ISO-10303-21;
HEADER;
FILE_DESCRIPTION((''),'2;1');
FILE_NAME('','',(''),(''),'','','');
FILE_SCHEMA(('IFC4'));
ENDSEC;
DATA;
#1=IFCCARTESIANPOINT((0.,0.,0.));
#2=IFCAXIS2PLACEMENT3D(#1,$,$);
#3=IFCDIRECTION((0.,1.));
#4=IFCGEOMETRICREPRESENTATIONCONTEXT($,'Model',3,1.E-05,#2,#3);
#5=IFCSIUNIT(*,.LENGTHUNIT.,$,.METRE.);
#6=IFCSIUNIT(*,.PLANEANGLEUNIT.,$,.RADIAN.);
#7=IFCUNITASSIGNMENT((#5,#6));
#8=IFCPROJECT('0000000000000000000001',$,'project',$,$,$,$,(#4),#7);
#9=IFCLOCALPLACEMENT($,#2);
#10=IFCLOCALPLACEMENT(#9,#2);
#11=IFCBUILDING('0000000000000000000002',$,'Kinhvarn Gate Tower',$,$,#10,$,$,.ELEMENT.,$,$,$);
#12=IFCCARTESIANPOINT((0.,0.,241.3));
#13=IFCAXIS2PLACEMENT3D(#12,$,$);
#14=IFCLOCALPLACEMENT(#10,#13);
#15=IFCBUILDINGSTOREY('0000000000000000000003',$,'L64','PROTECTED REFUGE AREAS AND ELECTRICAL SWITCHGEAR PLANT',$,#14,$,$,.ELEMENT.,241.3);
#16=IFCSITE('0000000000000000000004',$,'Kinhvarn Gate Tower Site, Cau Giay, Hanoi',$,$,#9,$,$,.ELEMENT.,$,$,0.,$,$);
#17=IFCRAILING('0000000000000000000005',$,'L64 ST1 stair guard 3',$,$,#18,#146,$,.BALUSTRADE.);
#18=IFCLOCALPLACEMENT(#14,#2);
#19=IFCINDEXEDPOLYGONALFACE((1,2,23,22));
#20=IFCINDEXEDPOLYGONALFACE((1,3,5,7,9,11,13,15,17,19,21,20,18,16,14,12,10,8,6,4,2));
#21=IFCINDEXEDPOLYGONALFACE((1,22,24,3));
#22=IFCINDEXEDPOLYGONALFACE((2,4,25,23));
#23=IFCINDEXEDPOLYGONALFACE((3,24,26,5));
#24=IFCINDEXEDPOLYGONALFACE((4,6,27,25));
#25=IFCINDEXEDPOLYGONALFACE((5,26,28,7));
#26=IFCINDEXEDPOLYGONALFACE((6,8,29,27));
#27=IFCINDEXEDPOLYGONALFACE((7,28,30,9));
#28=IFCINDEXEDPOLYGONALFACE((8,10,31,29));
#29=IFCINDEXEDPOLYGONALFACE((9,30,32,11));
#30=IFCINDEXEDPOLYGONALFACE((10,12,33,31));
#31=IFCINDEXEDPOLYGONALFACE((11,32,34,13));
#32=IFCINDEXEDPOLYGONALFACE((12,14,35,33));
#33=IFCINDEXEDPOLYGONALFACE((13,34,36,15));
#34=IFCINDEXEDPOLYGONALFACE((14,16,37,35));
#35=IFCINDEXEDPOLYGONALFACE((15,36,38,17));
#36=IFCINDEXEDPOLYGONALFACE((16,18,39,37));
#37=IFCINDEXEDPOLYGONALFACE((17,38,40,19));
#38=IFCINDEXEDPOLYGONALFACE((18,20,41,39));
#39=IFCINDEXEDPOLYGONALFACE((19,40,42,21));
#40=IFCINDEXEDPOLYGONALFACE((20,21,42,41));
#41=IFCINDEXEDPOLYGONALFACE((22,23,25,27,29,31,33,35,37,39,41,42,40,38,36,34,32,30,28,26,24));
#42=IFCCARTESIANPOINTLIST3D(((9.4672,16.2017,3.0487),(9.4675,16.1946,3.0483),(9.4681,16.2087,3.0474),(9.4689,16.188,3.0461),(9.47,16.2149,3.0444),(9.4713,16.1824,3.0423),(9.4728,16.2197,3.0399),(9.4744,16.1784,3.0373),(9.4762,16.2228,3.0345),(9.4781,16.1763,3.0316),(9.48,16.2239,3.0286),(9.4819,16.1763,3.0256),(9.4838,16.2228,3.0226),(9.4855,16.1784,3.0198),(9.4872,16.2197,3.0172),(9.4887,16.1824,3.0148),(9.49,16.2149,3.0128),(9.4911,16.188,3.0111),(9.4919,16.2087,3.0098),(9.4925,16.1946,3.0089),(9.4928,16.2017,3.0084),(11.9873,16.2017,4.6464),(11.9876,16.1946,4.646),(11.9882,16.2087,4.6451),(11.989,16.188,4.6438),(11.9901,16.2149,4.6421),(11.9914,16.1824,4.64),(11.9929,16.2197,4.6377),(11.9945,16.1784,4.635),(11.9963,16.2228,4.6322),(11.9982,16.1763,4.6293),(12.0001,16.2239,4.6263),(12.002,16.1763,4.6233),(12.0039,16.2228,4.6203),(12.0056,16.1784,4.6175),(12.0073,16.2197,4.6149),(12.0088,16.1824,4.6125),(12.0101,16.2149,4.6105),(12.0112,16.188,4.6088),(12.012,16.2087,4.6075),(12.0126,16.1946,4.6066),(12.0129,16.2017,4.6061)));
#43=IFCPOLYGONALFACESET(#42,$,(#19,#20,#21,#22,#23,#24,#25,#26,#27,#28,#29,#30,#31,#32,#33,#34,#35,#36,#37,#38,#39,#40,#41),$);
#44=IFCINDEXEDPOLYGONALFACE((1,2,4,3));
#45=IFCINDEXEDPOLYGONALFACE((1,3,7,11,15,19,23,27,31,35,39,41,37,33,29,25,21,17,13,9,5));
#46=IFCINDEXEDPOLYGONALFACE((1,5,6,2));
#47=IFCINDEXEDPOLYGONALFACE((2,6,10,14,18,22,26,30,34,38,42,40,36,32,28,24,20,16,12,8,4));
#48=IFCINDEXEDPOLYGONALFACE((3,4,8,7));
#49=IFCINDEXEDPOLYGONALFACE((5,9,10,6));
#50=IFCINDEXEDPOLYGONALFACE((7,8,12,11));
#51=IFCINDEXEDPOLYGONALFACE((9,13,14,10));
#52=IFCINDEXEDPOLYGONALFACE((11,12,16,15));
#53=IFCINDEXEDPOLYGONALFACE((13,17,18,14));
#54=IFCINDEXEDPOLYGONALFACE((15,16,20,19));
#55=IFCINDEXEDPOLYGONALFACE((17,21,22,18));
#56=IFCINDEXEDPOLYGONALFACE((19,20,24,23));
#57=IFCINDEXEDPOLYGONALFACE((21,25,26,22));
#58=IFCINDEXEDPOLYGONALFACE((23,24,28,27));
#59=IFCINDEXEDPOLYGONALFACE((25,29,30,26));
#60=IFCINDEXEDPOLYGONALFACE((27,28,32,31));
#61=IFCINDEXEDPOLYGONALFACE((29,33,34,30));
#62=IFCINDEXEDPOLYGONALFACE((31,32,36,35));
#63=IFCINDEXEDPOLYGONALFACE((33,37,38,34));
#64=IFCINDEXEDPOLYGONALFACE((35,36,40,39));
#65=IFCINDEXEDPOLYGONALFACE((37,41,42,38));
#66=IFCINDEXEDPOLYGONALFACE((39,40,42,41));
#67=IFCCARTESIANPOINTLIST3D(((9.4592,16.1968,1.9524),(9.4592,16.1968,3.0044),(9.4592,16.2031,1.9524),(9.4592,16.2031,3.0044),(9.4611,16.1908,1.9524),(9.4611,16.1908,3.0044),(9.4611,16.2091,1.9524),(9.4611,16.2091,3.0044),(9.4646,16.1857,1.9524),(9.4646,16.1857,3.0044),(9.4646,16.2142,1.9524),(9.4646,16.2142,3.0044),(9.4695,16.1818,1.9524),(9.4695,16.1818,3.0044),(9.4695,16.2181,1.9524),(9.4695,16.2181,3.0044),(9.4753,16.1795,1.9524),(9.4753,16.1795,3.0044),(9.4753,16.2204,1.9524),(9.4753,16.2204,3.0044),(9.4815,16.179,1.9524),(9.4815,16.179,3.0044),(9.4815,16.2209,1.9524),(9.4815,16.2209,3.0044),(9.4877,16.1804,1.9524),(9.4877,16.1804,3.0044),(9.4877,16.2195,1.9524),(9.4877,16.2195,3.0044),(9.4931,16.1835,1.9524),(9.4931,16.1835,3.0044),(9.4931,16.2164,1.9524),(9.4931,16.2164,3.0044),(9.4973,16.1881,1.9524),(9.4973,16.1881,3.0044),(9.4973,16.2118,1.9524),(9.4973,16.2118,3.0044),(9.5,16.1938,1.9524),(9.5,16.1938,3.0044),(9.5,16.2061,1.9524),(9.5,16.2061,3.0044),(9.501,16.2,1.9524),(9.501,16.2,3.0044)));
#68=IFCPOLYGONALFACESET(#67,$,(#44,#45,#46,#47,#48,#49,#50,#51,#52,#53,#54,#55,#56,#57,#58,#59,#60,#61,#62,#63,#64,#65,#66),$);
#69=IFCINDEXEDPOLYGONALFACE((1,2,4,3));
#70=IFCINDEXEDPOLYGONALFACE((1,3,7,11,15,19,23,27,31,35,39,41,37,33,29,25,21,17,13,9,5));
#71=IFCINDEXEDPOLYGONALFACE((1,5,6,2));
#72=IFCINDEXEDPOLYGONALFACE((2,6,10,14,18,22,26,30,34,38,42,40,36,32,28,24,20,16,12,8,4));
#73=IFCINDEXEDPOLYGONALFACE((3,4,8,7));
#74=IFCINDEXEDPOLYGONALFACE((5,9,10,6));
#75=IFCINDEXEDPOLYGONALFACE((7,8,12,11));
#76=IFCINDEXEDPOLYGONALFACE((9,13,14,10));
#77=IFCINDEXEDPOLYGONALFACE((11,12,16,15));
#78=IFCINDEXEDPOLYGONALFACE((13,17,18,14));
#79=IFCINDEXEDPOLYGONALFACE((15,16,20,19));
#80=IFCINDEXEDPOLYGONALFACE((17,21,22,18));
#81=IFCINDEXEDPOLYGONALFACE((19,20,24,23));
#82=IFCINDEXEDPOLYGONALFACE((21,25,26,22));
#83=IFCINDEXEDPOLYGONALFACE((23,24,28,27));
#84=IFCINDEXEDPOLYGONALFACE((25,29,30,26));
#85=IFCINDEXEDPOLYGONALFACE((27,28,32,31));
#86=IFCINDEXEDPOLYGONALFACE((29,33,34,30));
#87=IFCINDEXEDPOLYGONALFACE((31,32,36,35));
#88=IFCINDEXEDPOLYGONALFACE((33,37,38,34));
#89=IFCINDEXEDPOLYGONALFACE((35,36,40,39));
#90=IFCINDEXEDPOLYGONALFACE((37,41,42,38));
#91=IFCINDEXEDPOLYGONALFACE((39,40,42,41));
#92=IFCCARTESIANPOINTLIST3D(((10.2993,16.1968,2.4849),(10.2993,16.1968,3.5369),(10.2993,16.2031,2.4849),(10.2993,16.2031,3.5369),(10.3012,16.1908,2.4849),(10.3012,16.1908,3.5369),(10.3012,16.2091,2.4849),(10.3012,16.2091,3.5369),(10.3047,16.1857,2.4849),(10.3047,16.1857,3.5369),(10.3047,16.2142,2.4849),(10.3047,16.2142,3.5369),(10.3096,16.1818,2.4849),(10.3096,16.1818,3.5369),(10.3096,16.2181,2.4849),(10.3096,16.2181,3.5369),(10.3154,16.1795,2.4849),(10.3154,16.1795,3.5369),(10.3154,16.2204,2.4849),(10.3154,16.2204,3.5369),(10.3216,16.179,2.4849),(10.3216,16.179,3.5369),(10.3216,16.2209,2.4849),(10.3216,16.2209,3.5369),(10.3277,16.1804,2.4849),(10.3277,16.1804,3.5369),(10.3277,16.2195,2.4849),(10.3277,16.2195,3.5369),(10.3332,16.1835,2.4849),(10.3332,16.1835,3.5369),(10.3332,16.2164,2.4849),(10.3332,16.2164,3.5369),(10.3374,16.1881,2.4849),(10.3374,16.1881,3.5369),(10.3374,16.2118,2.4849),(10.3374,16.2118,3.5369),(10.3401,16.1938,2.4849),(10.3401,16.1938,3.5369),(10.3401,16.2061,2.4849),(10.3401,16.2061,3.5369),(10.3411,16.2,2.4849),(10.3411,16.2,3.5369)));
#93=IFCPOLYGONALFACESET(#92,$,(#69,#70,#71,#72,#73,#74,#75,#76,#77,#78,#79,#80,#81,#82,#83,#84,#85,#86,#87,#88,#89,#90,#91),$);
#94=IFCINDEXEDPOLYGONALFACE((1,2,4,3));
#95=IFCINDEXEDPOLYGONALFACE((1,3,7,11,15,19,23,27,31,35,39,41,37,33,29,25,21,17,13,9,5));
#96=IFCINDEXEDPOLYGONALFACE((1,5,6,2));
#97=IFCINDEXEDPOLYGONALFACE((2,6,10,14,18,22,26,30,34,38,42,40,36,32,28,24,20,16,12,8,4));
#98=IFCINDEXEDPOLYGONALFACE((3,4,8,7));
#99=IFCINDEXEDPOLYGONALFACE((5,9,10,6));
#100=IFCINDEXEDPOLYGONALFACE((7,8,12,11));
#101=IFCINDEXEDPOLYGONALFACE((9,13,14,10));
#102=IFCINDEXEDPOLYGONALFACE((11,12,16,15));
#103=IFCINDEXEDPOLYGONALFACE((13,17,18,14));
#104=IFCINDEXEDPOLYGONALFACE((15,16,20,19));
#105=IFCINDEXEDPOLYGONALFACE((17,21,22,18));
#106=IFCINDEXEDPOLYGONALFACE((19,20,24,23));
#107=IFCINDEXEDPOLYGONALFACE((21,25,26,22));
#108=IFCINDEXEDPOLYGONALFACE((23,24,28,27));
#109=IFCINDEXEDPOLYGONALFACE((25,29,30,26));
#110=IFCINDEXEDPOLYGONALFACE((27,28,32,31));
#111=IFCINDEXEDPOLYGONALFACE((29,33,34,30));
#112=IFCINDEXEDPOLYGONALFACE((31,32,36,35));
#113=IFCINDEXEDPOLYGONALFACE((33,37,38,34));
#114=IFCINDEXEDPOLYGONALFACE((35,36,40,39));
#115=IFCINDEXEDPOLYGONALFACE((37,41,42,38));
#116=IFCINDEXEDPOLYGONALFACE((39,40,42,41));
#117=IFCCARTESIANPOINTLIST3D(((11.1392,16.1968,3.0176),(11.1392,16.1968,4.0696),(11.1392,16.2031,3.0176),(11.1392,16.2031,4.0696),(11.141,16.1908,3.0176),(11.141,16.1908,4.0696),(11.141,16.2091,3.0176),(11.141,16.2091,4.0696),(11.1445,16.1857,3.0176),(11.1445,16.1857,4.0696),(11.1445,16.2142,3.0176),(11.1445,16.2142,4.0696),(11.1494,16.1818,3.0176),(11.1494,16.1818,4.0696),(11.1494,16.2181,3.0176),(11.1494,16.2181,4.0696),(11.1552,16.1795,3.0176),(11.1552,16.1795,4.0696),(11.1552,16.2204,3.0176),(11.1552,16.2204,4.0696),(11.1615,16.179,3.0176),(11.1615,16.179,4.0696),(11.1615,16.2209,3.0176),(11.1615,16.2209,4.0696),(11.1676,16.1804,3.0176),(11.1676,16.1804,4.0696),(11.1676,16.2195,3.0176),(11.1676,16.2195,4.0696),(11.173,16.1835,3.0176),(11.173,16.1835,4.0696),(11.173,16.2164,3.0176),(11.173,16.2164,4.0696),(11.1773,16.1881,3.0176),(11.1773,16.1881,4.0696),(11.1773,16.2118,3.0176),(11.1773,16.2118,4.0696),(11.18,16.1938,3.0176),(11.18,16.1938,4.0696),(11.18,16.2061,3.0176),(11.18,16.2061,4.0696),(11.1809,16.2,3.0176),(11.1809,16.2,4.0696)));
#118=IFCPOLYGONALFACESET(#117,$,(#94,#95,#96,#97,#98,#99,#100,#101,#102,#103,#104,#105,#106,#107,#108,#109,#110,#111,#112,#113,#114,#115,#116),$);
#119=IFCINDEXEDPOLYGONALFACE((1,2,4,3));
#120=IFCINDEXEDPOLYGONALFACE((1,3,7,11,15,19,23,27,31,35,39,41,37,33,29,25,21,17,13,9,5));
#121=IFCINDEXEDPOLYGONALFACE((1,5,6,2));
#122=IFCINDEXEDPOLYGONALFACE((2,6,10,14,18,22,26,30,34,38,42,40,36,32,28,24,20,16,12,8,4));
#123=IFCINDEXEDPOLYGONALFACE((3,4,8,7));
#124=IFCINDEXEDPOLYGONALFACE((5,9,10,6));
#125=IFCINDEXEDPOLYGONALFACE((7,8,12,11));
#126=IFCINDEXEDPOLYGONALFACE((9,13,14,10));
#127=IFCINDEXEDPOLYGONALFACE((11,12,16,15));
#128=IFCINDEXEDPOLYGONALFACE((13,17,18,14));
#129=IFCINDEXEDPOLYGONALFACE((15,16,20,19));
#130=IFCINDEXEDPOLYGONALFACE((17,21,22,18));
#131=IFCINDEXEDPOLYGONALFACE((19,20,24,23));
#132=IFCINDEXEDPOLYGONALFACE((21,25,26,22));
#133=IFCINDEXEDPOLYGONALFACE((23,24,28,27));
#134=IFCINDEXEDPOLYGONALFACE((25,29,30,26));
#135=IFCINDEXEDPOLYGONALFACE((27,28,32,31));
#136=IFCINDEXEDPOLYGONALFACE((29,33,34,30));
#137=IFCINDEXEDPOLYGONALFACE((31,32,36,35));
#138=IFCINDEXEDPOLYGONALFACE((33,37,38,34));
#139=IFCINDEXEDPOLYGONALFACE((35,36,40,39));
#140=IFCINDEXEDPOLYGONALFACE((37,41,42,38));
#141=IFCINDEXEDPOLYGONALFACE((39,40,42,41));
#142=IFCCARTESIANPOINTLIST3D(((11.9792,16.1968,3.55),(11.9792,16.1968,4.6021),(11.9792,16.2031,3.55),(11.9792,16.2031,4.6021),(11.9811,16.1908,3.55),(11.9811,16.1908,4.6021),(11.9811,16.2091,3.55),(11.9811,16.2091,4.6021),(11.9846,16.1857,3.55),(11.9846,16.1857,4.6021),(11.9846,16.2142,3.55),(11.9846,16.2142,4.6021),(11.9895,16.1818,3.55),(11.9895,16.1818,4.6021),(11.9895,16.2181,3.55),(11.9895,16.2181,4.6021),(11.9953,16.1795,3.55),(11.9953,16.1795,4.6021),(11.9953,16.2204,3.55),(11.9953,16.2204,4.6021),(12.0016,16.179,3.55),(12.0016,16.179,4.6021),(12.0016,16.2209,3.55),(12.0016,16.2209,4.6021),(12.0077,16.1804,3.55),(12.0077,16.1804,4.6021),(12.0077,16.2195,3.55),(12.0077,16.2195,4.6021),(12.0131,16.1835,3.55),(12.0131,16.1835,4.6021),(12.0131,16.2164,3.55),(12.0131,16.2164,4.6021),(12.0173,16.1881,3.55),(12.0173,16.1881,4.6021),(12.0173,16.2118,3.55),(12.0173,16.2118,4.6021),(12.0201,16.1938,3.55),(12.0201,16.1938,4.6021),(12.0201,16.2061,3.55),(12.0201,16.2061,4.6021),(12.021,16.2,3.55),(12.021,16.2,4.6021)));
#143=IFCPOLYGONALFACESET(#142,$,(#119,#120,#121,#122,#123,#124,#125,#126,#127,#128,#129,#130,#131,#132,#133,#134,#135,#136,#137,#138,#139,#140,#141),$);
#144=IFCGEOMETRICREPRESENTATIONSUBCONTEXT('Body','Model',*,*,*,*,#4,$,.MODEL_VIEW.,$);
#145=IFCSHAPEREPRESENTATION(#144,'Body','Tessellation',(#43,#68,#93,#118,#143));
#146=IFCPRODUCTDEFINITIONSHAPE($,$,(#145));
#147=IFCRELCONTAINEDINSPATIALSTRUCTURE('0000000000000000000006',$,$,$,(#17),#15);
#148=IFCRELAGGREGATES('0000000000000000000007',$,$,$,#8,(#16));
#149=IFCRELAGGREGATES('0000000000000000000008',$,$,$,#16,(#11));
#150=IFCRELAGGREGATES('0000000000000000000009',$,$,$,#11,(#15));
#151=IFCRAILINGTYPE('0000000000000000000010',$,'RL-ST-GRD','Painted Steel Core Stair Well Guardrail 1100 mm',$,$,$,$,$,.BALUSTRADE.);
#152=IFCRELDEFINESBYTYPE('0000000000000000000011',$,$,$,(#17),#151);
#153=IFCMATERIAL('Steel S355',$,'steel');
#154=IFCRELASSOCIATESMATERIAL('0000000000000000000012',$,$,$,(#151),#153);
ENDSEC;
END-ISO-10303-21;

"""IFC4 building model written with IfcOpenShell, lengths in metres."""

from ifc_helpers import new_model, si_unit, direction, frame, origin, origin_2d, place, context, subcontext, project, spatial, circle, extrude, material, type_object, element, save


model = new_model("IFC4")

# Units and contexts
model_context = context("Model", 3, precision=1e-05, world=origin(), true_north=direction((0.0, 1.0)))
body_context = subcontext(model_context, "Body", "Model", "MODEL_VIEW")
ifc_project = project(units=[si_unit("LENGTHUNIT", "METRE"), si_unit("PLANEANGLEUNIT", "RADIAN")], contexts=[model_context])

# Site, building, storey
site_placement = place(None, origin())
site = spatial("IfcSite", under=ifc_project, at=site_placement, Name="Kinhvarn Gate Tower Site, Cau Giay, Hanoi", CompositionType="ELEMENT", RefElevation=0.0)
building_placement = place(site_placement, origin())
building = spatial("IfcBuilding", under=site, at=building_placement, Name="Kinhvarn Gate Tower", CompositionType="ELEMENT")
storey_placement = place(building_placement, frame((0.0, 0.0, 241.3)))
storey = spatial("IfcBuildingStorey", under=building, at=storey_placement, Name="L64", Description="PROTECTED REFUGE AREAS AND ELECTRICAL SWITCHGEAR PLANT", CompositionType="ELEMENT", Elevation=241.3)

# Shared definitions
ifc_material_1 = material(Name="Steel S355", Category="steel")

# Railing
railing_type_1 = type_object("IfcRailingType", Name="RL-ST-GRD", Description="Painted Steel Core Stair Well Guardrail 1100 mm", PredefinedType="BALUSTRADE", material=ifc_material_1)
railing_1_placement = place(storey_placement, frame((9.48, 16.2, 1.9524)))
element("IfcRailing", 1, at=railing_1_placement, inside=storey, type_object=railing_type_1, Name="L64 ST1 stair guard 3", PredefinedType="BALUSTRADE", context=body_context, shape_type="SweptSolid", body=[
    extrude(circle(Radius=0.0239, at=origin_2d()), frame((0.0, 0.0, 1.0762), z_axis=(0.84457, 0.0, 0.535445), x_axis=(0.0, 1.0, 0.0)), (0.0, 0.0, 1.0), 2.9839),
    extrude(circle(Radius=0.021, at=origin_2d()), origin(), (0.0, 0.0, 1.0), 1.052),
    extrude(circle(Radius=0.021, at=origin_2d()), frame((0.8401, 0.0, 0.5325)), (0.0, 0.0, 1.0), 1.052),
    extrude(circle(Radius=0.021, at=origin_2d()), frame((1.6799, 0.0, 1.0652)), (0.0, 0.0, 1.0), 1.052),
    extrude(circle(Radius=0.021, at=origin_2d()), frame((2.52, 0.0, 1.5977)), (0.0, 0.0, 1.0), 1.052),
])

save(model, "model.ifc")
